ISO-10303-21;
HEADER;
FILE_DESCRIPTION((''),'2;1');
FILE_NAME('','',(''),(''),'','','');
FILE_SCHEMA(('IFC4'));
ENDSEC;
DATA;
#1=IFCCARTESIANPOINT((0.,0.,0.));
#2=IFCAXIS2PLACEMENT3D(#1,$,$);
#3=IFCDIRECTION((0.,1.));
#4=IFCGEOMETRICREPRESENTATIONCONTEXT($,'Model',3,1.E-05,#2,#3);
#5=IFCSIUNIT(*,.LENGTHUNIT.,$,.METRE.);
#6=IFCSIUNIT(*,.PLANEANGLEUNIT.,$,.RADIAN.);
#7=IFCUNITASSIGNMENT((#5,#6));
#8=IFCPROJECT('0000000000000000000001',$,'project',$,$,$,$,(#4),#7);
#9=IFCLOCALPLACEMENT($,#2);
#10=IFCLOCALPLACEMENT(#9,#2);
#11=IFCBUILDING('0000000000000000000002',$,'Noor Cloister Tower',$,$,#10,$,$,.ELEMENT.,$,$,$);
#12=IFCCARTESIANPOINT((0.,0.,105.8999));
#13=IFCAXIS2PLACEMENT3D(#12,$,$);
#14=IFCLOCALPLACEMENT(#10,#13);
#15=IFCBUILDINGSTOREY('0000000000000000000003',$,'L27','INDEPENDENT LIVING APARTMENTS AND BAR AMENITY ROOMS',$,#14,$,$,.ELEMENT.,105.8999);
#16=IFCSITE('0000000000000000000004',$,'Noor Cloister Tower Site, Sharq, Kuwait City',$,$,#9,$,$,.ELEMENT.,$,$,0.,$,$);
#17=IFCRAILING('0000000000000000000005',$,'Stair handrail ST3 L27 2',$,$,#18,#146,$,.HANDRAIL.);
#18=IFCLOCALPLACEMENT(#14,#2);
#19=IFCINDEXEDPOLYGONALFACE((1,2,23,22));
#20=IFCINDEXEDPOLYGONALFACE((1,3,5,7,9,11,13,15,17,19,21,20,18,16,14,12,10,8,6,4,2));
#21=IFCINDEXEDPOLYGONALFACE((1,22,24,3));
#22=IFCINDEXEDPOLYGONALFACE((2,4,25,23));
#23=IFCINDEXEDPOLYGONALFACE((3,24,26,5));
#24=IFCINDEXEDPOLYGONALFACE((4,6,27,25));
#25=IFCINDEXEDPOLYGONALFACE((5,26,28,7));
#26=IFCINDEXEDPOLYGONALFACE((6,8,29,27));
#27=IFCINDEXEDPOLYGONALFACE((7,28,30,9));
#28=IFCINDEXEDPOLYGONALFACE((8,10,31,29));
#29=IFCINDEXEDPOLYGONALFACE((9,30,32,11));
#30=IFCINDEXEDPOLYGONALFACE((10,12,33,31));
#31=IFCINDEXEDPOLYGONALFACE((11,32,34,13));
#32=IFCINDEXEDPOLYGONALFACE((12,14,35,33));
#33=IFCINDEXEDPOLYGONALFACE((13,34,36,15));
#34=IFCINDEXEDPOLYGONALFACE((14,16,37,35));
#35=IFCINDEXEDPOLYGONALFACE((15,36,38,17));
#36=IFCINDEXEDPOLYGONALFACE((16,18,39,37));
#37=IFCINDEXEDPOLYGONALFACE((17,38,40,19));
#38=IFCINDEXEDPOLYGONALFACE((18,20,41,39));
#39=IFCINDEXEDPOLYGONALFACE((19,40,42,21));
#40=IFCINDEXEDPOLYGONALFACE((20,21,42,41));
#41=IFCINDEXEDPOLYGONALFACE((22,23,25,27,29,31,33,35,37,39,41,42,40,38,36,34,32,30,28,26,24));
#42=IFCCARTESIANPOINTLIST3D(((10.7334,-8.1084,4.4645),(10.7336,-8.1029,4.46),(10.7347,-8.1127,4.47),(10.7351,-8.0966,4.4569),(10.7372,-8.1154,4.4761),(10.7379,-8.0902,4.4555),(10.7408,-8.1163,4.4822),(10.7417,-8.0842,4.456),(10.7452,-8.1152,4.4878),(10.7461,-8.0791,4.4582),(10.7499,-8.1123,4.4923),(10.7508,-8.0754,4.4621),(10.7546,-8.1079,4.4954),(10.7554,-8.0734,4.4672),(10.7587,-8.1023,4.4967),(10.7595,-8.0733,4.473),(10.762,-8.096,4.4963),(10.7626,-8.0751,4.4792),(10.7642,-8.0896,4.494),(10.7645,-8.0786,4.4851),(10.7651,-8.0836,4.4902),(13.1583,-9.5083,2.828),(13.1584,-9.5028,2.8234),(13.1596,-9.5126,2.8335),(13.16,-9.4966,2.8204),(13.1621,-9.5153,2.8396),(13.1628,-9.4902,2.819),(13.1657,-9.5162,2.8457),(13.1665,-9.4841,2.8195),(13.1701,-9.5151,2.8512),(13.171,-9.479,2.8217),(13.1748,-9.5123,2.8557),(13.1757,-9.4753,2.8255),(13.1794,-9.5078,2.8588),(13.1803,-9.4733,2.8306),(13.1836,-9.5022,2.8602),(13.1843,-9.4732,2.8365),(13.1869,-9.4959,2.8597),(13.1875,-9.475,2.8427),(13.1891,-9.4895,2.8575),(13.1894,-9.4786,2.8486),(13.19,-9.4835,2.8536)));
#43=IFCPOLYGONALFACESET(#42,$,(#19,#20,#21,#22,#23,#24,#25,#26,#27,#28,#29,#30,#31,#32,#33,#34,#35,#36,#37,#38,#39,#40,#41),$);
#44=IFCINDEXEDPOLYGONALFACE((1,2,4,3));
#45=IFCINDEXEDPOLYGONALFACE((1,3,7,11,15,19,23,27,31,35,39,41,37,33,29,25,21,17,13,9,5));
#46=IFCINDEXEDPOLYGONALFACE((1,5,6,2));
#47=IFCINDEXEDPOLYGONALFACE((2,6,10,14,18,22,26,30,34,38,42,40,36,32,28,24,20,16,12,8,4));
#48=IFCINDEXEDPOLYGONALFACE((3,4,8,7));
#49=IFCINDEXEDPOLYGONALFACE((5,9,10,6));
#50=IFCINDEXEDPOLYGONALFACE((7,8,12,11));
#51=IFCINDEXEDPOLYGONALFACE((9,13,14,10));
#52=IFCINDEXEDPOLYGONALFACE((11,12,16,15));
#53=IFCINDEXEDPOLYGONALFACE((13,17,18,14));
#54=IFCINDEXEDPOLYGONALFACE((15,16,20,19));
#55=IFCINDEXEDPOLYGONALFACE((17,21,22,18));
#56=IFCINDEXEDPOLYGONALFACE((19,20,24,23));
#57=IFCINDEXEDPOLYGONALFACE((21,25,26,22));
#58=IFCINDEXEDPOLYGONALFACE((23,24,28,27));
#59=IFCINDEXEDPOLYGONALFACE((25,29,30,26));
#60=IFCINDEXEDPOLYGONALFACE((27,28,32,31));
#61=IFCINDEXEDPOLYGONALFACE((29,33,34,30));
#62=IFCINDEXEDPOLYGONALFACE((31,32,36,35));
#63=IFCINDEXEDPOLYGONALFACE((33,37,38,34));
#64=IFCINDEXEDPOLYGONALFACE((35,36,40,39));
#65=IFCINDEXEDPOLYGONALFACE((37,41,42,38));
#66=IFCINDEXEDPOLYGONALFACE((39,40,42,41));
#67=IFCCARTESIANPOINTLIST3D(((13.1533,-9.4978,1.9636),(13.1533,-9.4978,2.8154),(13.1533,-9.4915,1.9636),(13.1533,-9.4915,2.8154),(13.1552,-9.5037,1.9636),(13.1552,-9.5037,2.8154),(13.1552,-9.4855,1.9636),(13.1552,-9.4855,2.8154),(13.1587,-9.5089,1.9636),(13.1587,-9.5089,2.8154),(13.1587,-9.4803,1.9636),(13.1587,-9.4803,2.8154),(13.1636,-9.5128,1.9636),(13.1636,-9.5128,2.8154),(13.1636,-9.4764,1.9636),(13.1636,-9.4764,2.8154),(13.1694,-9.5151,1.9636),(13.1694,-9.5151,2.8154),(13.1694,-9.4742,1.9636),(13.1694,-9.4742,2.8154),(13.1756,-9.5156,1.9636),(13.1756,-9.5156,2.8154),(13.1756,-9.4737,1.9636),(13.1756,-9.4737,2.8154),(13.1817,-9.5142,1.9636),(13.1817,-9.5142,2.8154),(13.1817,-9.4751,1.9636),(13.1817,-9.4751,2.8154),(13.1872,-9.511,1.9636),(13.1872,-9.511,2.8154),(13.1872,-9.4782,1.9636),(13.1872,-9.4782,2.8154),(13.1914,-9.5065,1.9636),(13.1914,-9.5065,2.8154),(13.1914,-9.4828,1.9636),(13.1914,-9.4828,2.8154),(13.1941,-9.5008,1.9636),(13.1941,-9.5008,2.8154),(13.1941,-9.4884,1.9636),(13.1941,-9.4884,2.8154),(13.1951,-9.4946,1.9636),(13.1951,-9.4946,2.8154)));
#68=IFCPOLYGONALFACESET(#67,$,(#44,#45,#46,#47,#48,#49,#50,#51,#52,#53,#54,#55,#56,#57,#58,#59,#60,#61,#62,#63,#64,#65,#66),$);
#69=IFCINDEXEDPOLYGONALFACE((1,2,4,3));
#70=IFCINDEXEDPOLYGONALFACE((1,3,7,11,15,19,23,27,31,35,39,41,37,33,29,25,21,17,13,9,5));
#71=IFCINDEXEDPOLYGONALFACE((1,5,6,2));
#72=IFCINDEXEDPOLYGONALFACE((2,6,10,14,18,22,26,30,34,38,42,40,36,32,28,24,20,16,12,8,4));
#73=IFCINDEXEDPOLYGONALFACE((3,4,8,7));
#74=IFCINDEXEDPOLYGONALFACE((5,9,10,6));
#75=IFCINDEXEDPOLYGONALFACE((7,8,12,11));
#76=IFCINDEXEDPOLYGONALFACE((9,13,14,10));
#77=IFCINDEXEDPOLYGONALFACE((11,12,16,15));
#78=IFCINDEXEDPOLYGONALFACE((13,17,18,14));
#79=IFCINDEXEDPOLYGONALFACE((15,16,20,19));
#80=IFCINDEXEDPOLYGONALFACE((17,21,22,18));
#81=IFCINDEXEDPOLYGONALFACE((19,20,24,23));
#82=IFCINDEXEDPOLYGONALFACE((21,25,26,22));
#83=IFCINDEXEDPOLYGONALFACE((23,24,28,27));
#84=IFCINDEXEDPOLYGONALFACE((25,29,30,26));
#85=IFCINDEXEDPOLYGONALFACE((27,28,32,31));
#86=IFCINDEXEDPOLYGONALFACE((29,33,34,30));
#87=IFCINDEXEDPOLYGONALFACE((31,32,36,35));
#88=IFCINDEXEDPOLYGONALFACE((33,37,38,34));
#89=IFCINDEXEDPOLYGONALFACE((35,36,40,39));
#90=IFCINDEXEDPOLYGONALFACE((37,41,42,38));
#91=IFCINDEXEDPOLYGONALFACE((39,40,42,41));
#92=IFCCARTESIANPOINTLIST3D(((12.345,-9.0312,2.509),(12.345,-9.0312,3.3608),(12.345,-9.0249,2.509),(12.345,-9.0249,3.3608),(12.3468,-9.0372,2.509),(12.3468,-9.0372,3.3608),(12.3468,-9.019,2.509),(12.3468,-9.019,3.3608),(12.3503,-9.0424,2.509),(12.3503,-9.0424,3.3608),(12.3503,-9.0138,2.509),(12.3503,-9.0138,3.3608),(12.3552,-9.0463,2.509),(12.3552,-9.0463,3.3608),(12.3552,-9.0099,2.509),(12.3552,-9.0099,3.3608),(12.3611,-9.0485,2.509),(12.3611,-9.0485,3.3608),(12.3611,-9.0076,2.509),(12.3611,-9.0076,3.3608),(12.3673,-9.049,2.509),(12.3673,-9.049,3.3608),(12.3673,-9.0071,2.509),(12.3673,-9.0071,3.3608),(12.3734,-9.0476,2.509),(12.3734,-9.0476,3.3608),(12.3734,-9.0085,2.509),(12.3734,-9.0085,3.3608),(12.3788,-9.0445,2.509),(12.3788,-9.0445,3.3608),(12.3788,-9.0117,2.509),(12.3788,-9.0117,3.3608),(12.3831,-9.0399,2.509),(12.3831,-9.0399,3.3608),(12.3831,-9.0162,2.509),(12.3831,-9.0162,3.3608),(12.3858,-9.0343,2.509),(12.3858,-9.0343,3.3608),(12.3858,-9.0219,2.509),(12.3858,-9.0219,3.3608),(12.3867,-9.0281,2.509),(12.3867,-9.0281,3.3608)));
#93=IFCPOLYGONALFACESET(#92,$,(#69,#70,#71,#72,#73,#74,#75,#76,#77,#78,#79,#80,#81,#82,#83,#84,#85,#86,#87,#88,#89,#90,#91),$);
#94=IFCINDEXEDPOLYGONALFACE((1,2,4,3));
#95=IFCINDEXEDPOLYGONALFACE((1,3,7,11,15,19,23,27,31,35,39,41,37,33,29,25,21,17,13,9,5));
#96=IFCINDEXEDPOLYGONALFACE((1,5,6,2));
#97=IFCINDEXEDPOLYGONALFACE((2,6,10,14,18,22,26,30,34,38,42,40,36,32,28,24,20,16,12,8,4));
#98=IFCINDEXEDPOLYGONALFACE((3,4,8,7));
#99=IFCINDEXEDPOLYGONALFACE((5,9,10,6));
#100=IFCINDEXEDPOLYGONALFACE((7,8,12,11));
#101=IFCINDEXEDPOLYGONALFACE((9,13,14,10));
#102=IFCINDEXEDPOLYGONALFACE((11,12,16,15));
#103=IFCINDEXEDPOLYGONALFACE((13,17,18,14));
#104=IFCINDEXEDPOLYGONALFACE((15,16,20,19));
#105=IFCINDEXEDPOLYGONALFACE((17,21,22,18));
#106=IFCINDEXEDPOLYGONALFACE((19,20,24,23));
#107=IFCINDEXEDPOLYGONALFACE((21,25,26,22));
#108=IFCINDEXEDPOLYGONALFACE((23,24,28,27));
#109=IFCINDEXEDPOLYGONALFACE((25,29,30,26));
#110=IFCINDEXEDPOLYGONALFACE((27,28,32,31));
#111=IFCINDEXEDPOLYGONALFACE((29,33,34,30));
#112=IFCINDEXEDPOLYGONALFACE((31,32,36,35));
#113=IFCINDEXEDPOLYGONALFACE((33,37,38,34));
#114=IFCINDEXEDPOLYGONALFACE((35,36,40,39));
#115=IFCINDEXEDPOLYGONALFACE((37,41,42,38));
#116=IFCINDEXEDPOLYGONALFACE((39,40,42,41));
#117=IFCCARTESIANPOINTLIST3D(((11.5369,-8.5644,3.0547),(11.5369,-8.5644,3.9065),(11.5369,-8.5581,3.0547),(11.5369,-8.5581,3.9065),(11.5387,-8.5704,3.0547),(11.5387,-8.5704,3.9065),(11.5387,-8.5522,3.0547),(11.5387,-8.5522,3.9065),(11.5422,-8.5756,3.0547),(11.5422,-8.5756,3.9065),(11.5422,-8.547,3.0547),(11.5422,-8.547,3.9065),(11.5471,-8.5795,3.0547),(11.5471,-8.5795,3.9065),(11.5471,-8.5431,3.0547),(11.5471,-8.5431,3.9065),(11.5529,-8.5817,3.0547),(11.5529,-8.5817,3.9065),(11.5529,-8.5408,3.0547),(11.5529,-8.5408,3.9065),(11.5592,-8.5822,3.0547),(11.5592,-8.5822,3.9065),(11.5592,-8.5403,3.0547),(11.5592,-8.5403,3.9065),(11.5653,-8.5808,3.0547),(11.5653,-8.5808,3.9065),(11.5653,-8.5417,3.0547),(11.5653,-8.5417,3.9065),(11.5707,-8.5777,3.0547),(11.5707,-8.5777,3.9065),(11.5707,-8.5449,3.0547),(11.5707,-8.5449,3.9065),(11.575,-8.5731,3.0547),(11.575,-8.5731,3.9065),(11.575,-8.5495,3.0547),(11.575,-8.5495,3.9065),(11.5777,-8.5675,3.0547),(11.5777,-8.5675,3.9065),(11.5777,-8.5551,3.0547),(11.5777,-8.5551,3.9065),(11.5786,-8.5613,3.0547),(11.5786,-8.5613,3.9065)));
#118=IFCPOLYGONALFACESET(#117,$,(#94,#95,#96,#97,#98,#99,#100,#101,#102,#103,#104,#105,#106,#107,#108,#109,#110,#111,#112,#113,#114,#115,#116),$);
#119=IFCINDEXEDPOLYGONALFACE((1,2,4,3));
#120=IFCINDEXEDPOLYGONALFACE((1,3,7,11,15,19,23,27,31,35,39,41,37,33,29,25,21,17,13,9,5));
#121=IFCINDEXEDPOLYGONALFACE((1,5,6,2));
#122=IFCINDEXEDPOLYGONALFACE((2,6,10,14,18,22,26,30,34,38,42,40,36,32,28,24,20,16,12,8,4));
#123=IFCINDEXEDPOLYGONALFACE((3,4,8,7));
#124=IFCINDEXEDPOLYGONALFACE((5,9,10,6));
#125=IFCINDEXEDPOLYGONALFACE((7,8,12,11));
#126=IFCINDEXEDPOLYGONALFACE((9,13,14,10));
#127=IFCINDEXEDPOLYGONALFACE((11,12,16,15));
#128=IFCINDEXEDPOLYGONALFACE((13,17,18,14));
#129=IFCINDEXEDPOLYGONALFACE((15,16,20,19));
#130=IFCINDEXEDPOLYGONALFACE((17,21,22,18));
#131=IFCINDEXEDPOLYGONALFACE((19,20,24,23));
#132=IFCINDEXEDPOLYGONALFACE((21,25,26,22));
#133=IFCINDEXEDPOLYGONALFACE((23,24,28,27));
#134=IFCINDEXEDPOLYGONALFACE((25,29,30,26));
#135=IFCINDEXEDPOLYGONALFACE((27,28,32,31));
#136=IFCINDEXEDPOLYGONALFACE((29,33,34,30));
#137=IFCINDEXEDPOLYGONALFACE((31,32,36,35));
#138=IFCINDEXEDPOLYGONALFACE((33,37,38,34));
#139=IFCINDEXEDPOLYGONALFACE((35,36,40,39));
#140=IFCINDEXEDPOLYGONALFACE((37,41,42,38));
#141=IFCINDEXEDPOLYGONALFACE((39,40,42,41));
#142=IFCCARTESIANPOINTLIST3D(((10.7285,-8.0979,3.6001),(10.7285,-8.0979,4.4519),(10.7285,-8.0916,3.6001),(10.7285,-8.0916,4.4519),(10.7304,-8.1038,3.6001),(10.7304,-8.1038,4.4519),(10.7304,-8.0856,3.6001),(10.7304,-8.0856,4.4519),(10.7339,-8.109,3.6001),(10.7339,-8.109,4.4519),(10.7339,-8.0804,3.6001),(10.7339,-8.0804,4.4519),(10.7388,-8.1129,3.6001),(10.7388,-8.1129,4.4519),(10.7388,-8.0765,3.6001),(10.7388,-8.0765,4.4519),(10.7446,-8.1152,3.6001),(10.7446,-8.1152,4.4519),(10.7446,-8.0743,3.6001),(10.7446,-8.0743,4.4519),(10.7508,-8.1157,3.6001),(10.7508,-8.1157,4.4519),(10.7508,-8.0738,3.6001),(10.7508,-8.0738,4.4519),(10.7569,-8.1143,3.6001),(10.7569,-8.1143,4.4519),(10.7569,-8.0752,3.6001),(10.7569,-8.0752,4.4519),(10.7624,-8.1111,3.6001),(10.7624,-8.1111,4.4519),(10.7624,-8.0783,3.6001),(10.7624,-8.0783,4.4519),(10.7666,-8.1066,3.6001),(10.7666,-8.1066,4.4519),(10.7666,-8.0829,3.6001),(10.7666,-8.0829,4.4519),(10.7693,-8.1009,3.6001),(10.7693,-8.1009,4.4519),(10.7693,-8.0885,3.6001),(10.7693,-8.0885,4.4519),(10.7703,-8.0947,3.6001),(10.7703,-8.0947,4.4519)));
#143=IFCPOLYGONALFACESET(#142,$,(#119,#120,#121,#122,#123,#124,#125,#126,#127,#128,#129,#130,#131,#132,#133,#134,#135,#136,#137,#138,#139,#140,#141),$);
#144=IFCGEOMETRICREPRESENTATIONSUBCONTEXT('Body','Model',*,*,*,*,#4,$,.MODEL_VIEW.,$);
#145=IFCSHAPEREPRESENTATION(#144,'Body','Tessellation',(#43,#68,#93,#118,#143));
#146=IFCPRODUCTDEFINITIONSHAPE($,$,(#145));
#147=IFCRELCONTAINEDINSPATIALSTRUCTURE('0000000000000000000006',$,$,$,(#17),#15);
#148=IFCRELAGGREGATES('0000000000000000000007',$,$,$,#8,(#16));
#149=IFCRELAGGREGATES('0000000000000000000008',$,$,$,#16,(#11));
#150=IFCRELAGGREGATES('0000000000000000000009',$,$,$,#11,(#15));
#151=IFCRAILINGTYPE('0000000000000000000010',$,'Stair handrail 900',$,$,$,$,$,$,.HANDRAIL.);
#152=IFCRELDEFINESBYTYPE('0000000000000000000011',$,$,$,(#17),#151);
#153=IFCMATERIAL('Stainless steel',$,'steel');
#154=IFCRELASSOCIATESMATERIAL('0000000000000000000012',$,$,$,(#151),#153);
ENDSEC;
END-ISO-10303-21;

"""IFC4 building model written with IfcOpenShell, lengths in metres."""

from ifc_helpers import new_model, si_unit, direction, frame, origin, origin_2d, place, context, subcontext, project, spatial, circle, extrude, material, type_object, element, save


model = new_model("IFC4")

# Units and contexts
model_context = context("Model", 3, precision=1e-05, world=origin(), true_north=direction((0.0, 1.0)))
body_context = subcontext(model_context, "Body", "Model", "MODEL_VIEW")
ifc_project = project(units=[si_unit("LENGTHUNIT", "METRE"), si_unit("PLANEANGLEUNIT", "RADIAN")], contexts=[model_context])

# Site, building, storey
site_placement = place(None, origin())
site = spatial("IfcSite", under=ifc_project, at=site_placement, Name="Noor Cloister Tower Site, Sharq, Kuwait City", CompositionType="ELEMENT", RefElevation=0.0)
building_placement = place(site_placement, origin())
building = spatial("IfcBuilding", under=site, at=building_placement, Name="Noor Cloister Tower", CompositionType="ELEMENT")
storey_placement = place(building_placement, frame((0.0, 0.0, 105.8999)))
storey = spatial("IfcBuildingStorey", under=building, at=storey_placement, Name="L27", Description="INDEPENDENT LIVING APARTMENTS AND BAR AMENITY ROOMS", CompositionType="ELEMENT", Elevation=105.8999)

# Railing
ifc_material_1 = material(Name="Stainless steel", Category="steel")
railing_type = type_object("IfcRailingType", Name="Stair handrail 900", PredefinedType="HANDRAIL", material=ifc_material_1)
railing_placement = place(storey_placement, frame((13.1741, -9.4946, 1.9636)))
element("IfcRailing", 1, at=railing_placement, inside=storey, type_object=railing_type, Name="Stair handrail ST3 L27 2", PredefinedType="HANDRAIL", context=body_context, shape_type="SweptSolid", body=[
    extrude(circle(Radius=0.0239, at=origin_2d()), frame((0.0, 0.0, 0.876), z_axis=(-0.74769, 0.431661, 0.504608), x_axis=(-0.499984, -0.866035, 0.0)), (0.0, 0.0, 1.0), 3.2432),
    extrude(circle(Radius=0.021, at=origin_2d()), origin(), (0.0, 0.0, 1.0), 0.8518),
    extrude(circle(Radius=0.021, at=origin_2d()), frame((-0.8083, 0.4666, 0.5454)), (0.0, 0.0, 1.0), 0.8518),
    extrude(circle(Radius=0.021, at=origin_2d()), frame((-1.6165, 0.9333, 1.0911)), (0.0, 0.0, 1.0), 0.8518),
    extrude(circle(Radius=0.021, at=origin_2d()), frame((-2.4248, 1.3999, 1.6365)), (0.0, 0.0, 1.0), 0.8518),
])

save(model, "model.ifc")
